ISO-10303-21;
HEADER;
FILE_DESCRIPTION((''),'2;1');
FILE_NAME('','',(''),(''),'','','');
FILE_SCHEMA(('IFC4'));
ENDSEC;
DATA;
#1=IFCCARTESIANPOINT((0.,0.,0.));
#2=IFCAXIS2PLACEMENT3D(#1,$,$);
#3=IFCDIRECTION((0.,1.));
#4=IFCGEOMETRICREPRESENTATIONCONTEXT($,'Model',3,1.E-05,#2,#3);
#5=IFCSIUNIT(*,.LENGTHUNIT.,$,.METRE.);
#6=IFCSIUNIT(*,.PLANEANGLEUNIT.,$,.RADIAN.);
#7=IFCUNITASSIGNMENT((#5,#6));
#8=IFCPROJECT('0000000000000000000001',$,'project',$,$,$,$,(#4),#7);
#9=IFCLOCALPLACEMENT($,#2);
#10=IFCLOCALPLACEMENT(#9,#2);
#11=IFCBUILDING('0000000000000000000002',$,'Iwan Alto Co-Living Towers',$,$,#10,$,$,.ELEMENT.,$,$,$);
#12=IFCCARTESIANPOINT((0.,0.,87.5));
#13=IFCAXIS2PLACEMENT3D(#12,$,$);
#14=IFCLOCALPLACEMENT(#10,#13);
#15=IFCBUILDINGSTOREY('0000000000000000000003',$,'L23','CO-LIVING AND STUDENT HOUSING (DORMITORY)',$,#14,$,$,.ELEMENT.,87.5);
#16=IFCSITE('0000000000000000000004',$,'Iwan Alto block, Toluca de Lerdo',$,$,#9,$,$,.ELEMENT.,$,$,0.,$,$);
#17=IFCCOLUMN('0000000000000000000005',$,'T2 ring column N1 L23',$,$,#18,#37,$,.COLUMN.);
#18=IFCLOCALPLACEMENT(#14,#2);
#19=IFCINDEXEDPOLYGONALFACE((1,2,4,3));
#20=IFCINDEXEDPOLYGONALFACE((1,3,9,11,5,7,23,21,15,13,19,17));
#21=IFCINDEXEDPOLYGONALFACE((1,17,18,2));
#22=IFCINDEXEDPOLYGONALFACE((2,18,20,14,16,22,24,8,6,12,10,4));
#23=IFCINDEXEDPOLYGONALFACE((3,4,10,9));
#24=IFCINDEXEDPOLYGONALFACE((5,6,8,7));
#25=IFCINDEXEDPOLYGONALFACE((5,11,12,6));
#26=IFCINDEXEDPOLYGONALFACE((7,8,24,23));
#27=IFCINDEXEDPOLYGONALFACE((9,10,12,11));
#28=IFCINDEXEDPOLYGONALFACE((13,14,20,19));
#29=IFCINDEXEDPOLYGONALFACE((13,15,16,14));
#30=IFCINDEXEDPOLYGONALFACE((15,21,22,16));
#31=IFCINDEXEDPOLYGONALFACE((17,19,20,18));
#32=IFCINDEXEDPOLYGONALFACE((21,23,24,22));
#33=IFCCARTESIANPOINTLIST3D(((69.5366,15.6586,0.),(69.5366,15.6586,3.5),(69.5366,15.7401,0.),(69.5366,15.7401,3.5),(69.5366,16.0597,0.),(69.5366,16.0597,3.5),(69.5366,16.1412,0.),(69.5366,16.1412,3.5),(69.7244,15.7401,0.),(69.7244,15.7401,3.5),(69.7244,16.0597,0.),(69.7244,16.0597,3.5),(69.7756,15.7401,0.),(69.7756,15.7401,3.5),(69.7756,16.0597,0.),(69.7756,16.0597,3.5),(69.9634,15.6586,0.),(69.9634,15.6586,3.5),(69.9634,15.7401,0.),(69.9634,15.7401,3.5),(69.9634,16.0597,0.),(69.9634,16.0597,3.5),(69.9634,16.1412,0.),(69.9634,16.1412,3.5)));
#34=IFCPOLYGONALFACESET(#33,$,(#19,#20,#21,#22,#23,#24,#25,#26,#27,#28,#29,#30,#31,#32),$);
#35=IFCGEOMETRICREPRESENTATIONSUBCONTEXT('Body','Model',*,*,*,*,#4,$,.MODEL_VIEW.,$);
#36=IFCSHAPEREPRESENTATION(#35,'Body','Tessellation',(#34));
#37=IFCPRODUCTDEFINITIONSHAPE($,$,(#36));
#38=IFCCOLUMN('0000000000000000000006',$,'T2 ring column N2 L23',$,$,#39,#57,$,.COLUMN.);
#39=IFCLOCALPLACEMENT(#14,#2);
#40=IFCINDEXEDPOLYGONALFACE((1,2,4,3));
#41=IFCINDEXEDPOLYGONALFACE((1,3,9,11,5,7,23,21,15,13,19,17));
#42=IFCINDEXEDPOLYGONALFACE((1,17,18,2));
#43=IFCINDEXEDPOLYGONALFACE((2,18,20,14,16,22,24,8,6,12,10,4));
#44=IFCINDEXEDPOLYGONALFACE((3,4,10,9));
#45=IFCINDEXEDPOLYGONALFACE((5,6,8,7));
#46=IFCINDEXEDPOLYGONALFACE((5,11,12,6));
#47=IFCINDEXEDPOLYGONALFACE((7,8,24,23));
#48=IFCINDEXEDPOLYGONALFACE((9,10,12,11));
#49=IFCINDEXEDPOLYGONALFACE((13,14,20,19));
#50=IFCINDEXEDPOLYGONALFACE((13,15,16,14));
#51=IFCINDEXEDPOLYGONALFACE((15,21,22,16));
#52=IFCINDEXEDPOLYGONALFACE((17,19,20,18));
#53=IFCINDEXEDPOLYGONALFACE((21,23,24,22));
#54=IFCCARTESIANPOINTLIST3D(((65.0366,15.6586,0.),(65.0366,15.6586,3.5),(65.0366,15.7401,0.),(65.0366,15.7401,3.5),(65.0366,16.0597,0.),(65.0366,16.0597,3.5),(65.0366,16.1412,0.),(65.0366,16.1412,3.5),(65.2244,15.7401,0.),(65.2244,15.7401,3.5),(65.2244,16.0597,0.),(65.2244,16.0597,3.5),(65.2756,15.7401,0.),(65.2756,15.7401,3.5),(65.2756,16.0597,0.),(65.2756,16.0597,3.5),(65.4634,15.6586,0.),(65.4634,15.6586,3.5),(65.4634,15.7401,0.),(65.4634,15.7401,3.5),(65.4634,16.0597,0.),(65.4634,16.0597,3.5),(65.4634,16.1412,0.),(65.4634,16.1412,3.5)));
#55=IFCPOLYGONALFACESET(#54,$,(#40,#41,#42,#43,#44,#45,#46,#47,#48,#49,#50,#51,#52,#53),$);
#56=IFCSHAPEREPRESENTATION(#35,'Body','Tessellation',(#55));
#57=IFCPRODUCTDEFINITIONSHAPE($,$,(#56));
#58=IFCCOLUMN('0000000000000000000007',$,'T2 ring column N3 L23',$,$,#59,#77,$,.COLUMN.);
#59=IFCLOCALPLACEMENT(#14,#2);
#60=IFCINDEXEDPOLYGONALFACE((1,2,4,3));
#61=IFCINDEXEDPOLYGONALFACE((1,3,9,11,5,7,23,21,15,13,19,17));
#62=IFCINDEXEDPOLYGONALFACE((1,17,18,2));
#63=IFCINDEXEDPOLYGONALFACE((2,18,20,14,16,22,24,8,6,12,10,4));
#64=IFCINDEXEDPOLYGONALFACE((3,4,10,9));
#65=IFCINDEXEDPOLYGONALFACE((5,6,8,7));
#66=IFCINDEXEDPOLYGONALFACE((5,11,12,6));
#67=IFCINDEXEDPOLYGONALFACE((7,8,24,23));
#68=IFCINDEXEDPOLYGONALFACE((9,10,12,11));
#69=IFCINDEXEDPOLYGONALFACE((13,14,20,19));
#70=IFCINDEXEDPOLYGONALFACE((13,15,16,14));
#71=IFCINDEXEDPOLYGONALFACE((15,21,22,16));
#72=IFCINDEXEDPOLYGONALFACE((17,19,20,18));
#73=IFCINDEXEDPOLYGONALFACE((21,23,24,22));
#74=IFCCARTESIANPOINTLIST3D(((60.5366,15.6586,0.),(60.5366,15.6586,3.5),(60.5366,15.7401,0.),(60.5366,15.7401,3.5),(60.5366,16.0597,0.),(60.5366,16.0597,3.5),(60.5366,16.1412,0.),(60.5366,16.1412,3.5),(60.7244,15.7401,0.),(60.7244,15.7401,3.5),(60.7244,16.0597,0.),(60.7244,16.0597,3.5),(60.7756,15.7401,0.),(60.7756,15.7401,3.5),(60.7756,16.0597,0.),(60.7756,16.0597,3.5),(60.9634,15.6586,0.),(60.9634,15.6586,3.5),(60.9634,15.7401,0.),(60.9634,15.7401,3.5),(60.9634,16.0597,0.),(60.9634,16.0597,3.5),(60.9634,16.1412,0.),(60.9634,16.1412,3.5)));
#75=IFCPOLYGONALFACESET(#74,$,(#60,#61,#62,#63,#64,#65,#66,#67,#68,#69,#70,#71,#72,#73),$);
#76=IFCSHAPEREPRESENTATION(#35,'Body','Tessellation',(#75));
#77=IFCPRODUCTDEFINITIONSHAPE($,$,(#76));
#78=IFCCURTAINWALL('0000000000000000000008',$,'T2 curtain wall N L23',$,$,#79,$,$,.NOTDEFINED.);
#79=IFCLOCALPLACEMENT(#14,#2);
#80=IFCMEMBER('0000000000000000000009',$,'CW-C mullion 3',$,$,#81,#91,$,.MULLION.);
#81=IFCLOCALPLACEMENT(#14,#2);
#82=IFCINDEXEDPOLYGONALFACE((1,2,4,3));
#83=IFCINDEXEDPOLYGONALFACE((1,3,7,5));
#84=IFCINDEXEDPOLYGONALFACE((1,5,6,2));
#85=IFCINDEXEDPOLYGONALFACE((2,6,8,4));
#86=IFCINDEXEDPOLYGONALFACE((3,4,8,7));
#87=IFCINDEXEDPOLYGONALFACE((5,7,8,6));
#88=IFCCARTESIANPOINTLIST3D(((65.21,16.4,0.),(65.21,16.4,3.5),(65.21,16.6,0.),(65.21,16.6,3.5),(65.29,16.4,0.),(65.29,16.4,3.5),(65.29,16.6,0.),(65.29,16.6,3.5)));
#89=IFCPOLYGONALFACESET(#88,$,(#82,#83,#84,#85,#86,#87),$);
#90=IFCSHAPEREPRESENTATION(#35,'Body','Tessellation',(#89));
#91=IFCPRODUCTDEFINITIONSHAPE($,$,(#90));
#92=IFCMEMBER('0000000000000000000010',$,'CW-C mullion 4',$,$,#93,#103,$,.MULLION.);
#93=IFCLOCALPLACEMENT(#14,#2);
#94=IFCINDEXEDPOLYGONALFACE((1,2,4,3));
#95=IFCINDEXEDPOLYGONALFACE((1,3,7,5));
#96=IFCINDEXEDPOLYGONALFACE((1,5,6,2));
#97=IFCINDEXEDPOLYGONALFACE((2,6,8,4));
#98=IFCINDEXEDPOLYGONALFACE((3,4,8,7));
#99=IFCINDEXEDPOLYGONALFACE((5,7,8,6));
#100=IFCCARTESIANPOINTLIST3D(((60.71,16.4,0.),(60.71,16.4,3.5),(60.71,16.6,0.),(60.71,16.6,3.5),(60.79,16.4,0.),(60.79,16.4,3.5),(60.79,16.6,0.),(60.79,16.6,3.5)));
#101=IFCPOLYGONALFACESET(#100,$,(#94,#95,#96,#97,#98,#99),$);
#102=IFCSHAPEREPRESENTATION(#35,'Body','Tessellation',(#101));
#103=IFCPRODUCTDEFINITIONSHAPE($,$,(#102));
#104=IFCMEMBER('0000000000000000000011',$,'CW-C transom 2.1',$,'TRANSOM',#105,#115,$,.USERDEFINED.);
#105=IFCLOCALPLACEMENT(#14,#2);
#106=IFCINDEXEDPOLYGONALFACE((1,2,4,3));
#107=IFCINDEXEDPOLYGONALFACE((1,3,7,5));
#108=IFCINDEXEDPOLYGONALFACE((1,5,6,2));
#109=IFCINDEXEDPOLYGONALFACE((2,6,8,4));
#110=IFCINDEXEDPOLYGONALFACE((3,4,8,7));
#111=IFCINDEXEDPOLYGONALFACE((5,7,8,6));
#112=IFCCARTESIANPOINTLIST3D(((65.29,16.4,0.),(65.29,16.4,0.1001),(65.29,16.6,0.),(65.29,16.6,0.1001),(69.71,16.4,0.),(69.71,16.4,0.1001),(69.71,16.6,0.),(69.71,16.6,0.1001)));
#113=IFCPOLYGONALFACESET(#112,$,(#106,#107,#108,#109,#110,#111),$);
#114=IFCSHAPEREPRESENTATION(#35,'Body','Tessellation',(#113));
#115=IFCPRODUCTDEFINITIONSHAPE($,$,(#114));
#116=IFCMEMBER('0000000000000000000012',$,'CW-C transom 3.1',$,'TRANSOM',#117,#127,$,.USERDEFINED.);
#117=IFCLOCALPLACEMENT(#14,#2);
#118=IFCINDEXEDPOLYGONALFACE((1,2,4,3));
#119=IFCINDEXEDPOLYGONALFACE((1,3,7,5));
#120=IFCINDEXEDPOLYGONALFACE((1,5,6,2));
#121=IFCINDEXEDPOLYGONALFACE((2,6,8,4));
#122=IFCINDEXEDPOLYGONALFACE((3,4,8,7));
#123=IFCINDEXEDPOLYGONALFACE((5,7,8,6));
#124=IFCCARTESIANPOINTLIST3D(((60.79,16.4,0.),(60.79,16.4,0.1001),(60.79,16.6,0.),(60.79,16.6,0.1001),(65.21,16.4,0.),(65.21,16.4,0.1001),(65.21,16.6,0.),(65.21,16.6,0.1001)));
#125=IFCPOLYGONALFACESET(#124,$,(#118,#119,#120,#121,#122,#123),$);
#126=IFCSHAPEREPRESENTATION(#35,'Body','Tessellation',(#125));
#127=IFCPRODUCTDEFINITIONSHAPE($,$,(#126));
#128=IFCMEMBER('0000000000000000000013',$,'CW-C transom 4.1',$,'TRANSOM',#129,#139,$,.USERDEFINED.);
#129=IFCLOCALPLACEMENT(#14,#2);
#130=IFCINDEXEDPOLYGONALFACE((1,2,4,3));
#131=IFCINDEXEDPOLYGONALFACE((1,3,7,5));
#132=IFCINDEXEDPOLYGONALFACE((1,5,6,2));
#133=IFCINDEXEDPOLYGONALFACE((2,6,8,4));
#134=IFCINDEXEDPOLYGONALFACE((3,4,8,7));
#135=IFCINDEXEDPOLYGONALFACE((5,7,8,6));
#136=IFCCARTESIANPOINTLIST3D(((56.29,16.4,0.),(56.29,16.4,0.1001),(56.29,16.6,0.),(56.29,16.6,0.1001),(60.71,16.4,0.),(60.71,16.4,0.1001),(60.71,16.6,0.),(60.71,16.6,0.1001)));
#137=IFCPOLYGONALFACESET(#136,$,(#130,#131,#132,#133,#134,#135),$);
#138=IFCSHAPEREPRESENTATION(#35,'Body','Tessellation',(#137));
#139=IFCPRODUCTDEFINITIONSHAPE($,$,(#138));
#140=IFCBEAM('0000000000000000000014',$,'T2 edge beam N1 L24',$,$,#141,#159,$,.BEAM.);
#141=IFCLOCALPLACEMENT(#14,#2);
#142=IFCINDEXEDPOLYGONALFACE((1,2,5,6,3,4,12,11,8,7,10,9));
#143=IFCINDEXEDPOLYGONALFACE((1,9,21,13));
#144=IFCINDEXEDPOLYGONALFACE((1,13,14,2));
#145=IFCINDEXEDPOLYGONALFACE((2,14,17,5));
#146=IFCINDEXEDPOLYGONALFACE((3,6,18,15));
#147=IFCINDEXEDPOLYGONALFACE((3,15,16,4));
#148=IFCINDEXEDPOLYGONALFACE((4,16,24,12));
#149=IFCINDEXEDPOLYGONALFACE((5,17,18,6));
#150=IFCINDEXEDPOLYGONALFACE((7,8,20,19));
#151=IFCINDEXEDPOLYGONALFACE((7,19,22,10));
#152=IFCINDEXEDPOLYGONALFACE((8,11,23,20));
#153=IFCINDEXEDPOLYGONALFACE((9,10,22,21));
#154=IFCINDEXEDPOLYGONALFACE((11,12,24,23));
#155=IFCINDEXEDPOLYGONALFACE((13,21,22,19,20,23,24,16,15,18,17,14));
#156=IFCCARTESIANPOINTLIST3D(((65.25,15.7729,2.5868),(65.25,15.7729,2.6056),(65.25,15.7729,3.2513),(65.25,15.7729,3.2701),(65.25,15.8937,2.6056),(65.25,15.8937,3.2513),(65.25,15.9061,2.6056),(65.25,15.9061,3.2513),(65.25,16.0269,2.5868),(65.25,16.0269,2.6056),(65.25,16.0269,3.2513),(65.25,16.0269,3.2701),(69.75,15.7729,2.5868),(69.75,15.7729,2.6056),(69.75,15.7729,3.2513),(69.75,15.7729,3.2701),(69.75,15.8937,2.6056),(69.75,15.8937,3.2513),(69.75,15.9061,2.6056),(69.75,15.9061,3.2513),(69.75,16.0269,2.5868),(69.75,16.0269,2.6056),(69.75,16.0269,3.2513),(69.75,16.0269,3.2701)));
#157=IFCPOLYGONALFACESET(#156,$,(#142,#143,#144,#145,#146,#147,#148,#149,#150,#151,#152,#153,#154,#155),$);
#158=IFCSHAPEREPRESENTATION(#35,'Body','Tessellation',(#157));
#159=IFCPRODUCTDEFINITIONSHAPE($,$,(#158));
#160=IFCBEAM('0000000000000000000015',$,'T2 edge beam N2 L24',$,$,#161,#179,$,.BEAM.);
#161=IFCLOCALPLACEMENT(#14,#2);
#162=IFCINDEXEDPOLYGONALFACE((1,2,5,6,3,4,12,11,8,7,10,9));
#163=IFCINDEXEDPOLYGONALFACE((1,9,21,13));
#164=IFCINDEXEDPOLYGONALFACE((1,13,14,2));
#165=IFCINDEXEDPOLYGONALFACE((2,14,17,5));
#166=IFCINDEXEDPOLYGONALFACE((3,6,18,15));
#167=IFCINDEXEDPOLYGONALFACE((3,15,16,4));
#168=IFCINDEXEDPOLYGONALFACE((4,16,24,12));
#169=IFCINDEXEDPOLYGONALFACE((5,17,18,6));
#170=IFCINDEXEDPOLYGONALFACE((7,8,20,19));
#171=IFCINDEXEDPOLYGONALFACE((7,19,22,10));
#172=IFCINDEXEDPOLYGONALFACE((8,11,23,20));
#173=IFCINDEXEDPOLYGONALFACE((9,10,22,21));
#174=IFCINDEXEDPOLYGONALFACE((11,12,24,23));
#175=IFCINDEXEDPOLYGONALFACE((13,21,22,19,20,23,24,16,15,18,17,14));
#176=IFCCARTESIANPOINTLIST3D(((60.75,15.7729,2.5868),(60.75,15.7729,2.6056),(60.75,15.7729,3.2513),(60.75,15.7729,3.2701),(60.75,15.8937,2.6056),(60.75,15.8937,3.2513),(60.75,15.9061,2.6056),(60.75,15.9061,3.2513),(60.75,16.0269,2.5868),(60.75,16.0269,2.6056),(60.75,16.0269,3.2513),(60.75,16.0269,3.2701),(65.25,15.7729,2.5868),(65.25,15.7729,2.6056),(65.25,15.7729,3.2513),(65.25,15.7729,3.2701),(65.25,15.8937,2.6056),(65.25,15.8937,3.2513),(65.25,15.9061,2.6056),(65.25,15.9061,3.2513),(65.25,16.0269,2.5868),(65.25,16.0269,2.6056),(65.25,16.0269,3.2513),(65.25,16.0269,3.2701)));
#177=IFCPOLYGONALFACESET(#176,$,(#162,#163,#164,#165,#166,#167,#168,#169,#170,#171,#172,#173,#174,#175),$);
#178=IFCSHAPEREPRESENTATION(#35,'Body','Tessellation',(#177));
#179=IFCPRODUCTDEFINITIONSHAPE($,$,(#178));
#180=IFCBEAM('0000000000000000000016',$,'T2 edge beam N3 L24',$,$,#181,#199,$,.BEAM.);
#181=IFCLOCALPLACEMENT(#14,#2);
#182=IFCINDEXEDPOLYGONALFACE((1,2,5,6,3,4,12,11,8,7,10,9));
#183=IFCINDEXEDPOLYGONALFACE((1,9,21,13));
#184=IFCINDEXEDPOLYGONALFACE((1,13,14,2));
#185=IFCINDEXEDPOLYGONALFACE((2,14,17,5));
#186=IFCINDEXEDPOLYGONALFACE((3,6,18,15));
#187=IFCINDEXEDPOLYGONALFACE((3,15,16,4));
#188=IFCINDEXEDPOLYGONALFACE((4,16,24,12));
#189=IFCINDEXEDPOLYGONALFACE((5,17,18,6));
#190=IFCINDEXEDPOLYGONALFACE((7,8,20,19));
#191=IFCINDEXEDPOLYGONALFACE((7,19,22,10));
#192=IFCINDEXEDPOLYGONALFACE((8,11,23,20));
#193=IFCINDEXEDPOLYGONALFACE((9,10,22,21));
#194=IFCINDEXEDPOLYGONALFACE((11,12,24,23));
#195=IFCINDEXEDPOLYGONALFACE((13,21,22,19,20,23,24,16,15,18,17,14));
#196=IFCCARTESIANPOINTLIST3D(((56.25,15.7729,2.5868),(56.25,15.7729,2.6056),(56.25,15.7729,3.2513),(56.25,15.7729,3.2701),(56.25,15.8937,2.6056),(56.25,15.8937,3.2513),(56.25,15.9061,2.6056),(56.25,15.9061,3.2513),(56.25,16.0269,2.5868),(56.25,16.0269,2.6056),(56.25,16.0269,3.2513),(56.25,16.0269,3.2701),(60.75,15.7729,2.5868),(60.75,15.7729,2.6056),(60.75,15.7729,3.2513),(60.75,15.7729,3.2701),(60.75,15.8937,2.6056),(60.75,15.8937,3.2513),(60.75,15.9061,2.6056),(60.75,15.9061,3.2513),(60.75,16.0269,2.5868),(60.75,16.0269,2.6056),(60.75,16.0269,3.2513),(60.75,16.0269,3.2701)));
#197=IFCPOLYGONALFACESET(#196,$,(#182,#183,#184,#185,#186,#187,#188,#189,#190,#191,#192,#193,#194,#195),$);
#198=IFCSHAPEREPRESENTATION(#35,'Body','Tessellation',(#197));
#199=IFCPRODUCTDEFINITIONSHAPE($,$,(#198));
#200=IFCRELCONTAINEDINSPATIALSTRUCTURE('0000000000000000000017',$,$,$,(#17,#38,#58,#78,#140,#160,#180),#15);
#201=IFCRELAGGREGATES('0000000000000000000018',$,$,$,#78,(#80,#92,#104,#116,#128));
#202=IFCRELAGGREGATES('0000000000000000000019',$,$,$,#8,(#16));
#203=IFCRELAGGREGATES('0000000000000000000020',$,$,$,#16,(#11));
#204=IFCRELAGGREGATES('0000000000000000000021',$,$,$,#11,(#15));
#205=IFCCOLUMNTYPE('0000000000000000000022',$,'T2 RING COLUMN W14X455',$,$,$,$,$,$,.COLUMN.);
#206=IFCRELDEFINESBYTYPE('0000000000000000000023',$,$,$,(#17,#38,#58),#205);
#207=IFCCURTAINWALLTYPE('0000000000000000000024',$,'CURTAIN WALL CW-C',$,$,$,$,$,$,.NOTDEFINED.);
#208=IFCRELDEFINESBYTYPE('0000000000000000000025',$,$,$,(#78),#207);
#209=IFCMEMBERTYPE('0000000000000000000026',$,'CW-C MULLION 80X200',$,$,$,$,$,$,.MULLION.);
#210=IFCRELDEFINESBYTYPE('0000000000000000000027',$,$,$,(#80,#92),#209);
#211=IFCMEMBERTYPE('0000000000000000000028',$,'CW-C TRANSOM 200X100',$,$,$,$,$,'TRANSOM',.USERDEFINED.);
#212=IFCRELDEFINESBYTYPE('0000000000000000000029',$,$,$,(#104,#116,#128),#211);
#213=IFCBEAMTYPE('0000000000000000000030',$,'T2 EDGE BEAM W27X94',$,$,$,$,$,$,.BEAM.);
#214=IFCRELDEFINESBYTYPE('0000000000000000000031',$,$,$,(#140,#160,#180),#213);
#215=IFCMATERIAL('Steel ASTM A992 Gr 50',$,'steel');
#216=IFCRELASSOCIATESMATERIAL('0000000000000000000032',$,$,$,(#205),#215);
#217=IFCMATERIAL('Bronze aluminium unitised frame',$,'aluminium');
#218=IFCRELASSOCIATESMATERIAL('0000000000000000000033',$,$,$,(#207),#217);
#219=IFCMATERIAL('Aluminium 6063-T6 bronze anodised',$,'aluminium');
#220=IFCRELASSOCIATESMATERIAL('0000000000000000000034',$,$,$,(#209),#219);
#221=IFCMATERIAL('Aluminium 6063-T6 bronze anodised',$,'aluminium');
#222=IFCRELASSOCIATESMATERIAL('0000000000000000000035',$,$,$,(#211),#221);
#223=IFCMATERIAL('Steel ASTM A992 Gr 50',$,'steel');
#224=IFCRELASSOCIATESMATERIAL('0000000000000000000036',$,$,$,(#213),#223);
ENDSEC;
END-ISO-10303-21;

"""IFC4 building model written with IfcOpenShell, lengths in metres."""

from ifc_helpers import new_model, si_unit, direction, frame, origin, origin_2d, place, context, subcontext, project, spatial, rectangle, i_section, extrude, material, material_profile, profile_set, type_object, element, aggregate, save


model = new_model("IFC4")

# Units and contexts
model_context = context("Model", 3, precision=1e-05, world=origin(), true_north=direction((0.0, 1.0)))
body_context = subcontext(model_context, "Body", "Model", "MODEL_VIEW")
ifc_project = project(units=[si_unit("LENGTHUNIT", "METRE"), si_unit("PLANEANGLEUNIT", "RADIAN")], contexts=[model_context])

# Site, building, storey
site_placement = place(None, origin())
site = spatial("IfcSite", under=ifc_project, at=site_placement, Name="Iwan Alto block, Toluca de Lerdo", CompositionType="ELEMENT", RefElevation=0.0)
building_placement = place(site_placement, origin())
building = spatial("IfcBuilding", under=site, at=building_placement, Name="Iwan Alto Co-Living Towers", CompositionType="ELEMENT")
storey_placement = place(building_placement, frame((0.0, 0.0, 87.5)))
storey = spatial("IfcBuildingStorey", under=building, at=storey_placement, Name="L23", Description="CO-LIVING AND STUDENT HOUSING (DORMITORY)", CompositionType="ELEMENT", Elevation=87.5)

# Columns
ifc_material_1 = material(Name="Steel ASTM A992 Gr 50", Category="steel")
ifc_material_profile_1 = material_profile(ifc_material_1, i_section(OverallWidth=0.4268, OverallDepth=0.4827, WebThickness=0.0513, FlangeThickness=0.0815, at=origin_2d()), Name="W14X455")
ifc_profile_set_1 = profile_set([ifc_material_profile_1], Name="Steel ASTM A992 Gr 50")
column_type = type_object("IfcColumnType", Name="T2 RING COLUMN W14X455", PredefinedType="COLUMN", material=ifc_profile_set_1)
for number, where, z_axis, x_axis, name in (
    (1, (69.75, 15.8999, 0.0), (0.0, 0.0, 1.0), (1.0, 0.0, 0.0), "T2 ring column N1 L23"),
    (2, (65.25, 15.8999, 0.0), (0.0, 0.0, 1.0), (1.0, 0.0, 0.0), "T2 ring column N2 L23"),
    (3, (60.75, 15.8999, 0.0), (0.0, 0.0, 1.0), (1.0, 0.0, 0.0), "T2 ring column N3 L23"),
):
    element("IfcColumn", number, at=place(storey_placement, frame(where, z_axis=z_axis, x_axis=x_axis)), inside=storey, type_object=column_type, Name=name, PredefinedType="COLUMN", context=body_context, shape_type="SweptSolid", body=[
        extrude(i_section(OverallWidth=0.4268, OverallDepth=0.4827, WebThickness=0.0513, FlangeThickness=0.0815, at=origin_2d()), origin(), (0.0, 0.0, 1.0), 3.5),
    ])

# Curtain wall, members
ifc_material_2 = material(Name="Bronze aluminium unitised frame", Category="aluminium")
curtain_wall_type = type_object("IfcCurtainWallType", Name="CURTAIN WALL CW-C", PredefinedType="NOTDEFINED", material=ifc_material_2)
curtain_wall_placement = place(storey_placement, origin())
curtain_wall = element("IfcCurtainWall", 4, at=curtain_wall_placement, inside=storey, type_object=curtain_wall_type, Name="T2 curtain wall N L23", PredefinedType="NOTDEFINED")
ifc_material_3 = material(Name="Aluminium 6063-T6 bronze anodised", Category="aluminium")
ifc_material_profile_2 = material_profile(ifc_material_3, rectangle(XDim=0.2, YDim=0.0801, at=origin_2d()), Name="AL 80X200")
ifc_profile_set_2 = profile_set([ifc_material_profile_2], Name="Aluminium 6063-T6 bronze anodised")
member_type_1 = type_object("IfcMemberType", Name="CW-C MULLION 80X200", PredefinedType="MULLION", material=ifc_profile_set_2)
member_1_placement = place(storey_placement, frame((65.25, 16.5, 0.0), z_axis=(0.0, 0.0, 1.0), x_axis=(0.0, -1.0, 0.0)))
member_1 = element("IfcMember", 5, at=member_1_placement, type_object=member_type_1, Name="CW-C mullion 3", PredefinedType="MULLION", context=body_context, shape_type="SweptSolid", body=[
    extrude(rectangle(XDim=0.2, YDim=0.0801, at=origin_2d()), origin(), (0.0, 0.0, 1.0), 3.5),
])
member_2_placement = place(storey_placement, frame((60.75, 16.5, 0.0), z_axis=(0.0, 0.0, 1.0), x_axis=(0.0, -1.0, 0.0)))
member_2 = element("IfcMember", 6, at=member_2_placement, type_object=member_type_1, Name="CW-C mullion 4", PredefinedType="MULLION", context=body_context, shape_type="SweptSolid", body=[
    extrude(rectangle(XDim=0.2, YDim=0.0801, at=origin_2d()), origin(), (0.0, 0.0, 1.0), 3.5),
])
ifc_material_4 = material(Name="Aluminium 6063-T6 bronze anodised", Category="aluminium")
ifc_material_profile_3 = material_profile(ifc_material_4, rectangle(XDim=0.2, YDim=0.1001, at=origin_2d()), Name="AL 200X100")
ifc_profile_set_3 = profile_set([ifc_material_profile_3], Name="Aluminium 6063-T6 bronze anodised")
member_type_2 = type_object("IfcMemberType", Name="CW-C TRANSOM 200X100", ElementType="TRANSOM", PredefinedType="USERDEFINED", material=ifc_profile_set_3)
member_3_placement = place(storey_placement, frame((69.71, 16.5, 0.05), z_axis=(-1.0, 0.0, 0.0), x_axis=(0.0, -1.0, 0.0)))
member_3 = element("IfcMember", 7, at=member_3_placement, type_object=member_type_2, Name="CW-C transom 2.1", ObjectType="TRANSOM", PredefinedType="USERDEFINED", context=body_context, shape_type="SweptSolid", body=[
    extrude(rectangle(XDim=0.2, YDim=0.1001, at=origin_2d()), origin(), (0.0, 0.0, 1.0), 4.4199),
])
member_4_placement = place(storey_placement, frame((65.21, 16.5, 0.05), z_axis=(-1.0, 0.0, 0.0), x_axis=(0.0, -1.0, 0.0)))
member_4 = element("IfcMember", 8, at=member_4_placement, type_object=member_type_2, Name="CW-C transom 3.1", ObjectType="TRANSOM", PredefinedType="USERDEFINED", context=body_context, shape_type="SweptSolid", body=[
    extrude(rectangle(XDim=0.2, YDim=0.1001, at=origin_2d()), origin(), (0.0, 0.0, 1.0), 4.4199),
])
member_5_placement = place(storey_placement, frame((60.71, 16.5, 0.05), z_axis=(-1.0, 0.0, 0.0), x_axis=(0.0, -1.0, 0.0)))
member_5 = element("IfcMember", 9, at=member_5_placement, type_object=member_type_2, Name="CW-C transom 4.1", ObjectType="TRANSOM", PredefinedType="USERDEFINED", context=body_context, shape_type="SweptSolid", body=[
    extrude(rectangle(XDim=0.2, YDim=0.1001, at=origin_2d()), origin(), (0.0, 0.0, 1.0), 4.4199),
])

# Beams
ifc_material_5 = material(Name="Steel ASTM A992 Gr 50", Category="steel")
ifc_material_profile_4 = material_profile(ifc_material_5, i_section(OverallWidth=0.2539, OverallDepth=0.6833, WebThickness=0.0125, FlangeThickness=0.0188, at=origin_2d()), Name="W27X94")
ifc_profile_set_4 = profile_set([ifc_material_profile_4], Name="Steel ASTM A992 Gr 50")
beam_type_1 = type_object("IfcBeamType", Name="T2 EDGE BEAM W27X94", PredefinedType="BEAM", material=ifc_profile_set_4)
for number, where, z_axis, x_axis, name in (
    (10, (69.75, 15.8999, 2.9285), (-1.0, 0.0, 0.0), (0.0, -1.0, 0.0), "T2 edge beam N1 L24"),
    (11, (65.25, 15.8999, 2.9285), (-1.0, 0.0, 0.0), (0.0, -1.0, 0.0), "T2 edge beam N2 L24"),
    (12, (60.75, 15.8999, 2.9285), (-1.0, 0.0, 0.0), (0.0, -1.0, 0.0), "T2 edge beam N3 L24"),
):
    element("IfcBeam", number, at=place(storey_placement, frame(where, z_axis=z_axis, x_axis=x_axis)), inside=storey, type_object=beam_type_1, Name=name, PredefinedType="BEAM", context=body_context, shape_type="SweptSolid", body=[
        extrude(i_section(OverallWidth=0.2539, OverallDepth=0.6833, WebThickness=0.0125, FlangeThickness=0.0188, at=origin_2d()), origin(), (0.0, 0.0, 1.0), 4.5),
    ])

aggregate(curtain_wall, [member_1, member_2, member_3, member_4, member_5])

save(model, "model.ifc")
